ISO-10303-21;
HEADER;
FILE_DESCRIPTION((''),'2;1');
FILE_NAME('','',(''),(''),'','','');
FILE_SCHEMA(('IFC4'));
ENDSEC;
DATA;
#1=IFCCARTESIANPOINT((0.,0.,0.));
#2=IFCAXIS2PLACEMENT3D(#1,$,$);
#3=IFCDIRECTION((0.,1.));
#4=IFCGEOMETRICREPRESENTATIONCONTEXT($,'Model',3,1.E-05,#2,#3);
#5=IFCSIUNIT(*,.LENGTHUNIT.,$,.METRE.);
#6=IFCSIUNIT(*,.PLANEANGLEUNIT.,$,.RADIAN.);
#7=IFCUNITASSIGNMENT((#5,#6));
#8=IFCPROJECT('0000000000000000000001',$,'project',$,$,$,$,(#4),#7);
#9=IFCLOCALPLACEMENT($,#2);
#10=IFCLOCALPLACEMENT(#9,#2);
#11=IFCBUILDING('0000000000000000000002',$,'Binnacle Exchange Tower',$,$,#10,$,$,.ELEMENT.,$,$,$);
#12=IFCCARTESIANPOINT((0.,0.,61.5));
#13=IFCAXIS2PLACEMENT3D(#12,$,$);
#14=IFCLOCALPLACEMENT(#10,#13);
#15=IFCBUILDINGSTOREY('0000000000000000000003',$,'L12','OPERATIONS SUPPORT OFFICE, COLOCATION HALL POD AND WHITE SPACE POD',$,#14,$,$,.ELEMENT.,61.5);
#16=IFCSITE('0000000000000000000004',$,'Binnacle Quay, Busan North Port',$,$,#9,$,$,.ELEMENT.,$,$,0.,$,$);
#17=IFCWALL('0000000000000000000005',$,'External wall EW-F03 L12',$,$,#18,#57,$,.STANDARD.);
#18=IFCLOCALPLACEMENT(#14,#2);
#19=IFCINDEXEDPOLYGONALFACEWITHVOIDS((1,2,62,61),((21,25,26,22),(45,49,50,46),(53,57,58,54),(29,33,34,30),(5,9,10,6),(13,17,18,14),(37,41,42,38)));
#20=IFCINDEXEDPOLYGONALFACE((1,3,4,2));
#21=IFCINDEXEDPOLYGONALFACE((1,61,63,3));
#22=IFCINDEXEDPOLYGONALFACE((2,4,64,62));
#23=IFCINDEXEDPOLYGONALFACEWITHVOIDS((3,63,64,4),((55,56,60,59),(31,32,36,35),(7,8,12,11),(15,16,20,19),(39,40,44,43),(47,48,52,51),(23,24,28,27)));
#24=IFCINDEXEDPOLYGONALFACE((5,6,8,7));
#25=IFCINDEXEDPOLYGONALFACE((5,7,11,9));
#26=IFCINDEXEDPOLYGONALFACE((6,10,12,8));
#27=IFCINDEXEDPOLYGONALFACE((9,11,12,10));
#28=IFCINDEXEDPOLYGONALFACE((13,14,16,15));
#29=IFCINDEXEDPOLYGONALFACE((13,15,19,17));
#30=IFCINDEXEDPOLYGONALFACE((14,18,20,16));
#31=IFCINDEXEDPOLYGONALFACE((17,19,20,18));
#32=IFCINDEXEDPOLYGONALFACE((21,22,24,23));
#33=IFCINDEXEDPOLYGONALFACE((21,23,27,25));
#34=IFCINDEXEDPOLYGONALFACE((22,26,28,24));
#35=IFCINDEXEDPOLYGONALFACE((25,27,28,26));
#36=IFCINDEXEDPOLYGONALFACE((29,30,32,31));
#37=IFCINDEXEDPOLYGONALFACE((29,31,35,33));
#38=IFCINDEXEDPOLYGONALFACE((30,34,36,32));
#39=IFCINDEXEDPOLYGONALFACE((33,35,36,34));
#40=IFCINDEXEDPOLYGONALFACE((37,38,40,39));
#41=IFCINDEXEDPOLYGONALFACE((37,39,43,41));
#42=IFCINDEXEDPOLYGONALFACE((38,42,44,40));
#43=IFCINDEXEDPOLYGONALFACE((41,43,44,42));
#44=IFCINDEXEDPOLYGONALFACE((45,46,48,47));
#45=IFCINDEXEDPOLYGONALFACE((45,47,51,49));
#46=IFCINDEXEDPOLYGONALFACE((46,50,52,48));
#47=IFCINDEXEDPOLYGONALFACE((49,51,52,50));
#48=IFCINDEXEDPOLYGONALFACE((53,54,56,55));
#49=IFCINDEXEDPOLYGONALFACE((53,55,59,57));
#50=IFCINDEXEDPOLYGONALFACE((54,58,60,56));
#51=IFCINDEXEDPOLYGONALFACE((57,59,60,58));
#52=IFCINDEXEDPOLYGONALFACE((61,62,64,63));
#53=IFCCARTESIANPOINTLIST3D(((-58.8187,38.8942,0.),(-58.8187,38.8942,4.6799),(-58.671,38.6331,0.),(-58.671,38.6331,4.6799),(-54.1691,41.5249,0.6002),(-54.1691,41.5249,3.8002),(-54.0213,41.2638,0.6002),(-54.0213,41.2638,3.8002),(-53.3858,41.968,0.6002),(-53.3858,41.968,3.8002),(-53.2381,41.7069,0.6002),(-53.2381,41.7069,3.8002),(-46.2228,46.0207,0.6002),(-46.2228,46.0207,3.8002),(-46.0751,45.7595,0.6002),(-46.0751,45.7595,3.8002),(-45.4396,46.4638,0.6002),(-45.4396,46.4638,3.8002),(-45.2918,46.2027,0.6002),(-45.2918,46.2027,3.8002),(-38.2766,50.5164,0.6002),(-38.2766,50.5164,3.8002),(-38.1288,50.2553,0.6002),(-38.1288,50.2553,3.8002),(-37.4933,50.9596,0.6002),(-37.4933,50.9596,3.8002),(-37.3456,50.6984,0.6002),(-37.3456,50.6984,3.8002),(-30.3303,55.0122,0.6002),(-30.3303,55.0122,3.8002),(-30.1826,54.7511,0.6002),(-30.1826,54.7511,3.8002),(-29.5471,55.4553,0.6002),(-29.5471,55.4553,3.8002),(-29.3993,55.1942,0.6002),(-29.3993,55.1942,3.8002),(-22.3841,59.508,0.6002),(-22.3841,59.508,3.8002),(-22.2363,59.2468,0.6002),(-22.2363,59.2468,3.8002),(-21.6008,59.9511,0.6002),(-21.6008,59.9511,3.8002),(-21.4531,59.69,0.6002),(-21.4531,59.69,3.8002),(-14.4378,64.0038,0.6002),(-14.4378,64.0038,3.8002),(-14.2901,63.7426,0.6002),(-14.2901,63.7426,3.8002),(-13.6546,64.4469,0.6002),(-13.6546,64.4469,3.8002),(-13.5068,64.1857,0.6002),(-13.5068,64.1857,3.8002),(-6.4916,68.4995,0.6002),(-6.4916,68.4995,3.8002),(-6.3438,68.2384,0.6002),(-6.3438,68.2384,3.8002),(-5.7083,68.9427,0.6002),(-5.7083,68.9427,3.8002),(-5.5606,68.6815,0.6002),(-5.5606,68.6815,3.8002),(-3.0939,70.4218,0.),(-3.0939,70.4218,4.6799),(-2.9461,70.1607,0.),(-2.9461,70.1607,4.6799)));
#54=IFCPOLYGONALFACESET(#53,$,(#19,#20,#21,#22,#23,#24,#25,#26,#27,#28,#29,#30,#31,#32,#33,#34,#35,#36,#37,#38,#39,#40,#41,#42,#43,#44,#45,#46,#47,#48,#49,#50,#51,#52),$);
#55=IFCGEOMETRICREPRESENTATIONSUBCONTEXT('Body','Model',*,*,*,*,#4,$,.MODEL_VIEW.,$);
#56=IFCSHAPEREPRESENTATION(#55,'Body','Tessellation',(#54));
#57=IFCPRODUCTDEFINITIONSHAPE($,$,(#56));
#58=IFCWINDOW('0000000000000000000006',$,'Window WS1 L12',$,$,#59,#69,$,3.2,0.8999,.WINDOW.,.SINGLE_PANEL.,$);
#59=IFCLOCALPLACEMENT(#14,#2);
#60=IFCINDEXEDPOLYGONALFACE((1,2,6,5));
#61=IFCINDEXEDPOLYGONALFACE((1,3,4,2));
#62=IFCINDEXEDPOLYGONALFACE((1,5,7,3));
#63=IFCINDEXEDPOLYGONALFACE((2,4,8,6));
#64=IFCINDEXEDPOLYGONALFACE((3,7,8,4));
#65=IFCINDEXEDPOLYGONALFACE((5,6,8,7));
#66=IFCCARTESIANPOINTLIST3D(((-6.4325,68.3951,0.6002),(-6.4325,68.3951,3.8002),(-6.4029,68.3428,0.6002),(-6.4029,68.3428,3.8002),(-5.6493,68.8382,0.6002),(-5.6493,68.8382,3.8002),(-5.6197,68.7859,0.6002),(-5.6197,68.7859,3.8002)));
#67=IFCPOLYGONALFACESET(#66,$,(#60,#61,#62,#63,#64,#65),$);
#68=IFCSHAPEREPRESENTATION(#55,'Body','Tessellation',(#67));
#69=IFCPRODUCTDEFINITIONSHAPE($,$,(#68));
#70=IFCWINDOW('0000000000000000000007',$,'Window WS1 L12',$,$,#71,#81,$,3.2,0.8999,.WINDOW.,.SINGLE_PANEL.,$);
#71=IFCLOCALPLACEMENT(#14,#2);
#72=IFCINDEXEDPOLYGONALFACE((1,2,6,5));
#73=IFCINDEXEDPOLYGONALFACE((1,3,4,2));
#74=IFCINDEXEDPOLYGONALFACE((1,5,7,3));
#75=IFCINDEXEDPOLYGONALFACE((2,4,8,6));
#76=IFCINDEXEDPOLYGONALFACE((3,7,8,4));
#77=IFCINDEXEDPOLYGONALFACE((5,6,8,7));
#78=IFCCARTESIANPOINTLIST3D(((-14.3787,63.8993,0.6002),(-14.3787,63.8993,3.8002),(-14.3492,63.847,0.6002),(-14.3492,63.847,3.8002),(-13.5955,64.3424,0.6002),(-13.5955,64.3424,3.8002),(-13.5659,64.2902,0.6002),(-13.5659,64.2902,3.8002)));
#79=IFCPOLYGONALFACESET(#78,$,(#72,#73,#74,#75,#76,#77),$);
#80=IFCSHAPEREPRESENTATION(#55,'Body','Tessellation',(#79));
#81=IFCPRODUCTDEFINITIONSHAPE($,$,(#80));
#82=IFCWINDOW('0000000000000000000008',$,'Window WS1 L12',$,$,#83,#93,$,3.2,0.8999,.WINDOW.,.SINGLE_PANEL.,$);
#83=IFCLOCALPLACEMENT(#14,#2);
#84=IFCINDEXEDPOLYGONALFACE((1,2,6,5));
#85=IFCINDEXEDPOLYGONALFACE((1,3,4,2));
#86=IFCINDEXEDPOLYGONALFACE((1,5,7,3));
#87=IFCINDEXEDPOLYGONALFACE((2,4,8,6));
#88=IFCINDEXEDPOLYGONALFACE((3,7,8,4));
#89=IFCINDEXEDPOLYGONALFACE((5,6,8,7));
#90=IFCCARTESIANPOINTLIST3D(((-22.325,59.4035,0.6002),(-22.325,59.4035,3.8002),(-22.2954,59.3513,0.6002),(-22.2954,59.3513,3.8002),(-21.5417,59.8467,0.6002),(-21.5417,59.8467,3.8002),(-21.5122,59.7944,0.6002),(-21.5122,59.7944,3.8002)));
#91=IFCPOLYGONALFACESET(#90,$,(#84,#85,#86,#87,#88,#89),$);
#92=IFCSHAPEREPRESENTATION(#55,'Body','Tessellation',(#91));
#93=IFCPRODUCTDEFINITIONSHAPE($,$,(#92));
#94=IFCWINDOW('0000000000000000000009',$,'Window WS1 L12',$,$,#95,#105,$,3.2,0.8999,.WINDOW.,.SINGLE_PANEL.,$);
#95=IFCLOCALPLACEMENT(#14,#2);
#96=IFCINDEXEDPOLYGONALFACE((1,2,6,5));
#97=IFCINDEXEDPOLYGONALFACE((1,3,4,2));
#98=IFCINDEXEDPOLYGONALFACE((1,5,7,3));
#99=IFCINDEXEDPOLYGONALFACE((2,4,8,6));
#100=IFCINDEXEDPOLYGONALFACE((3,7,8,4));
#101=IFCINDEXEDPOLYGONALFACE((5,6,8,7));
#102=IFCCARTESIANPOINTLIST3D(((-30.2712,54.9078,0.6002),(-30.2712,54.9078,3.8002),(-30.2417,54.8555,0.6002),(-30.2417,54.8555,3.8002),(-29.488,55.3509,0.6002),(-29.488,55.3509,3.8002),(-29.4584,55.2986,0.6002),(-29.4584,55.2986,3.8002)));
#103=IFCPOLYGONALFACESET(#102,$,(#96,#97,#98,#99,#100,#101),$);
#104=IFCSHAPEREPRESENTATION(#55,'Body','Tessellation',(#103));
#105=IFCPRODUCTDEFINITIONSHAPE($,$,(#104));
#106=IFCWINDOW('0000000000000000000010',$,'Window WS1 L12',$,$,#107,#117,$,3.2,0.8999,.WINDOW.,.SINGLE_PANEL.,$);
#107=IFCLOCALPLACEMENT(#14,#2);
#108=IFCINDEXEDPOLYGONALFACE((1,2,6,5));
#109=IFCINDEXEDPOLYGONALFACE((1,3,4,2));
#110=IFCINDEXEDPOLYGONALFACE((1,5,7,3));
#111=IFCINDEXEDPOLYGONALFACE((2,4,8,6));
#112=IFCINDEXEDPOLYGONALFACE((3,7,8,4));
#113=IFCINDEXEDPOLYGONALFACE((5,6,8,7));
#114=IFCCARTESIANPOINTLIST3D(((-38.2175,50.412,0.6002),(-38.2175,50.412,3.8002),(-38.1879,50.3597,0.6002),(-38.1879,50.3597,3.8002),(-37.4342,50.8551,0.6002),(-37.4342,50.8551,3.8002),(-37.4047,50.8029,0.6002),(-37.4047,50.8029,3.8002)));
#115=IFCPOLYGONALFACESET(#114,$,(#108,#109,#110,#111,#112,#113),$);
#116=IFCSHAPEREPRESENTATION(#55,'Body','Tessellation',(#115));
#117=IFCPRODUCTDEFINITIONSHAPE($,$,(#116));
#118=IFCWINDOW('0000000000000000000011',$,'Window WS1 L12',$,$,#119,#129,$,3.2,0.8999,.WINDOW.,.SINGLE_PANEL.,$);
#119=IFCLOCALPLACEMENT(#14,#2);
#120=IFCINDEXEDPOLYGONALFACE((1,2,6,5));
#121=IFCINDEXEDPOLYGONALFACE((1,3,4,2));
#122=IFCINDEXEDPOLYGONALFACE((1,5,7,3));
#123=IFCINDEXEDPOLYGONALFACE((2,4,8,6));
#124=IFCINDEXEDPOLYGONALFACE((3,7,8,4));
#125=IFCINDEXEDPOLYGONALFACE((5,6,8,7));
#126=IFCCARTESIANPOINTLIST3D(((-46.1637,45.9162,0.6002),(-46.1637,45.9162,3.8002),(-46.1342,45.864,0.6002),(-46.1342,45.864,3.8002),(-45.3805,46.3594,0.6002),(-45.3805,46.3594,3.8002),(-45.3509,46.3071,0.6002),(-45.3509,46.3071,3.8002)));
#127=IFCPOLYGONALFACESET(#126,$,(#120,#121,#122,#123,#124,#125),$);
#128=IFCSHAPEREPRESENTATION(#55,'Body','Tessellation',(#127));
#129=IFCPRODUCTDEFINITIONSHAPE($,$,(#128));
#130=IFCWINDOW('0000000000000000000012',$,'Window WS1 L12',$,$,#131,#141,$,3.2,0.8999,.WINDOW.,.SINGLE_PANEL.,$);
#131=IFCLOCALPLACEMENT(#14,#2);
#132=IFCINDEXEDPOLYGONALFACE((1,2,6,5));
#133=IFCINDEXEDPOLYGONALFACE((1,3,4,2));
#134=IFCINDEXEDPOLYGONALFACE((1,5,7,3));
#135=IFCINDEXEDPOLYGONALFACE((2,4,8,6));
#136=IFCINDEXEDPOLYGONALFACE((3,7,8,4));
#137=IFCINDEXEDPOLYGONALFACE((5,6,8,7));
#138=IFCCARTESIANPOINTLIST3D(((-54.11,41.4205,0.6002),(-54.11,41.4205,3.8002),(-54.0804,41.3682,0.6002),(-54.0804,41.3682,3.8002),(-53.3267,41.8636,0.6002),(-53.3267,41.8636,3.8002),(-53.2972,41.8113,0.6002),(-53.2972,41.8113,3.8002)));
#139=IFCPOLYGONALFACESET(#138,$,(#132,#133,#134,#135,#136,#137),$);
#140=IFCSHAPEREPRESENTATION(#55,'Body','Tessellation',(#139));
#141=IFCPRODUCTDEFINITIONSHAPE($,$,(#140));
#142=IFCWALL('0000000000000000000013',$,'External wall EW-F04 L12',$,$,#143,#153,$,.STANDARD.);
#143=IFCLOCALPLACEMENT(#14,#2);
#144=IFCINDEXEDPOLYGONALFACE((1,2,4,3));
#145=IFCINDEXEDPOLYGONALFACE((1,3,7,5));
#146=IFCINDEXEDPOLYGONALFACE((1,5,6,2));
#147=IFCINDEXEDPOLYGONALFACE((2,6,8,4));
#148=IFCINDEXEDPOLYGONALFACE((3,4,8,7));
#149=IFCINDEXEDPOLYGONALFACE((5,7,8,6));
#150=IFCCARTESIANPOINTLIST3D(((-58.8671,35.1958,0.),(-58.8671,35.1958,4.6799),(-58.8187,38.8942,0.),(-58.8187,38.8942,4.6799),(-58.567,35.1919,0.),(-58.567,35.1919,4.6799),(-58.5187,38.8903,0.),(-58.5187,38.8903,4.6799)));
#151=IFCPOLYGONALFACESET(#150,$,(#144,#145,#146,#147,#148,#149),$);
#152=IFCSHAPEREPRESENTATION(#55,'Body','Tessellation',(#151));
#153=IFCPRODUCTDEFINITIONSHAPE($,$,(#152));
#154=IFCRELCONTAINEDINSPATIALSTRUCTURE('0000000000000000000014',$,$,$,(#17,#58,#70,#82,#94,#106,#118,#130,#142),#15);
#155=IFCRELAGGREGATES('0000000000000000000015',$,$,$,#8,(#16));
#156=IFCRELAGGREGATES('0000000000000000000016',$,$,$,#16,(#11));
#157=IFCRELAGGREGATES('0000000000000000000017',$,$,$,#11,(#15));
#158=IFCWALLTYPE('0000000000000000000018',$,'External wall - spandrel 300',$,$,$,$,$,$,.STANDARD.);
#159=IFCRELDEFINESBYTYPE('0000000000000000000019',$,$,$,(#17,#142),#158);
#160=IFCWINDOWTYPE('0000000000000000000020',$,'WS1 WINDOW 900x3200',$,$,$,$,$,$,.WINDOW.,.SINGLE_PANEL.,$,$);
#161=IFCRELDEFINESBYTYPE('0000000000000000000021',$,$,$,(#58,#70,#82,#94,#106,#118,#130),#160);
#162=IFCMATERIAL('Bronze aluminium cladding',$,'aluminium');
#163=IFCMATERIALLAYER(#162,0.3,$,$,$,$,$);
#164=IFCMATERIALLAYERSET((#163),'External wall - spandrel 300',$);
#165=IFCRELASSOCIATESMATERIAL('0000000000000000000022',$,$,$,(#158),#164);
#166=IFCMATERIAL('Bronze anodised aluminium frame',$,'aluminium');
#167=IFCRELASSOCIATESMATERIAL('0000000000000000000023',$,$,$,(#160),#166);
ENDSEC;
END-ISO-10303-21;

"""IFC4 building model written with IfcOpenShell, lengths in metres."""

from ifc_helpers import new_model, si_unit, direction, frame, frame_2d, origin, place, context, subcontext, project, spatial, rectangle, extrude, material, layer, layer_set, type_object, element, fill, save


model = new_model("IFC4")

# Units and contexts
model_context = context("Model", 3, precision=1e-05, world=origin(), true_north=direction((0.0, 1.0)))
body_context = subcontext(model_context, "Body", "Model", "MODEL_VIEW")
ifc_project = project(units=[si_unit("LENGTHUNIT", "METRE"), si_unit("PLANEANGLEUNIT", "RADIAN")], contexts=[model_context])

# Site, building, storey
site_placement = place(None, origin())
site = spatial("IfcSite", under=ifc_project, at=site_placement, Name="Binnacle Quay, Busan North Port", CompositionType="ELEMENT", RefElevation=0.0)
building_placement = place(site_placement, origin())
building = spatial("IfcBuilding", under=site, at=building_placement, Name="Binnacle Exchange Tower", CompositionType="ELEMENT")
storey_placement = place(building_placement, frame((0.0, 0.0, 61.5)))
storey = spatial("IfcBuildingStorey", under=building, at=storey_placement, Name="L12", Description="OPERATIONS SUPPORT OFFICE, COLOCATION HALL POD AND WHITE SPACE POD", CompositionType="ELEMENT", Elevation=61.5)

# Wall, openings, windows
ifc_material_1 = material(Name="Bronze aluminium cladding", Category="aluminium")
ifc_layer_1 = layer(ifc_material_1, 0.3)
ifc_layer_set_1 = layer_set([ifc_layer_1], Name="External wall - spandrel 300")
wall_type_1 = type_object("IfcWallType", Name="External wall - spandrel 300", PredefinedType="STANDARD", material=ifc_layer_set_1)
wall_1_placement = place(storey_placement, frame((-58.7449, 38.7637, 0.0), z_axis=(0.0, 0.0, 1.0), x_axis=(0.870356, 0.492423, 0.0)))
wall_1 = element("IfcWall", 1, at=wall_1_placement, inside=storey, type_object=wall_type_1, Name="External wall EW-F03 L12", PredefinedType="STANDARD", context=body_context, shape_type="SweptSolid", body=[
    extrude(rectangle(XDim=64.0254, YDim=0.3, at=frame_2d((32.0127, 0.0))), origin(), (0.0, 0.0, 1.0), 4.6799),
])
opening_1_placement = place(wall_1_placement, frame((60.1216, 0.0, 0.6001)))
opening_1 = element("IfcOpeningElement", 2, at=opening_1_placement, cuts=wall_1, PredefinedType="OPENING", context=body_context, shape_type="SweptSolid", body=[
    extrude(rectangle(XDim=0.8999, YDim=3.2, at=frame_2d((0.45, 1.6001))), frame((0.0, 0.1599, 0.0), z_axis=(0.0, -1.0, 0.0), x_axis=(1.0, 0.0, 0.0)), (0.0, 0.0, 1.0), 0.3201),
])
opening_2_placement = place(wall_1_placement, frame((50.9917, 0.0, 0.6001)))
opening_2 = element("IfcOpeningElement", 3, at=opening_2_placement, cuts=wall_1, PredefinedType="OPENING", context=body_context, shape_type="SweptSolid", body=[
    extrude(rectangle(XDim=0.8999, YDim=3.2, at=frame_2d((0.45, 1.6001))), frame((0.0, 0.1599, 0.0), z_axis=(0.0, -1.0, 0.0), x_axis=(1.0, 0.0, 0.0)), (0.0, 0.0, 1.0), 0.3201),
])
opening_3_placement = place(wall_1_placement, frame((41.8618, 0.0, 0.6001)))
opening_3 = element("IfcOpeningElement", 4, at=opening_3_placement, cuts=wall_1, PredefinedType="OPENING", context=body_context, shape_type="SweptSolid", body=[
    extrude(rectangle(XDim=0.8999, YDim=3.2, at=frame_2d((0.45, 1.6001))), frame((0.0, 0.1599, 0.0), z_axis=(0.0, -1.0, 0.0), x_axis=(1.0, 0.0, 0.0)), (0.0, 0.0, 1.0), 0.3201),
])
opening_4_placement = place(wall_1_placement, frame((32.7319, 0.0, 0.6001)))
opening_4 = element("IfcOpeningElement", 5, at=opening_4_placement, cuts=wall_1, PredefinedType="OPENING", context=body_context, shape_type="SweptSolid", body=[
    extrude(rectangle(XDim=0.8999, YDim=3.2, at=frame_2d((0.45, 1.6001))), frame((0.0, 0.1599, 0.0), z_axis=(0.0, -1.0, 0.0), x_axis=(1.0, 0.0, 0.0)), (0.0, 0.0, 1.0), 0.3201),
])
opening_5_placement = place(wall_1_placement, frame((23.6021, 0.0, 0.6001)))
opening_5 = element("IfcOpeningElement", 6, at=opening_5_placement, cuts=wall_1, PredefinedType="OPENING", context=body_context, shape_type="SweptSolid", body=[
    extrude(rectangle(XDim=0.8999, YDim=3.2, at=frame_2d((0.45, 1.6001))), frame((0.0, 0.1599, 0.0), z_axis=(0.0, -1.0, 0.0), x_axis=(1.0, 0.0, 0.0)), (0.0, 0.0, 1.0), 0.3201),
])
opening_6_placement = place(wall_1_placement, frame((14.4722, 0.0, 0.6001)))
opening_6 = element("IfcOpeningElement", 7, at=opening_6_placement, cuts=wall_1, PredefinedType="OPENING", context=body_context, shape_type="SweptSolid", body=[
    extrude(rectangle(XDim=0.8999, YDim=3.2, at=frame_2d((0.45, 1.6001))), frame((0.0, 0.1599, 0.0), z_axis=(0.0, -1.0, 0.0), x_axis=(1.0, 0.0, 0.0)), (0.0, 0.0, 1.0), 0.3201),
])
opening_7_placement = place(wall_1_placement, frame((5.3423, 0.0, 0.6001)))
opening_7 = element("IfcOpeningElement", 8, at=opening_7_placement, cuts=wall_1, PredefinedType="OPENING", context=body_context, shape_type="SweptSolid", body=[
    extrude(rectangle(XDim=0.8999, YDim=3.2, at=frame_2d((0.45, 1.6001))), frame((0.0, 0.1599, 0.0), z_axis=(0.0, -1.0, 0.0), x_axis=(1.0, 0.0, 0.0)), (0.0, 0.0, 1.0), 0.3201),
])
ifc_material_2 = material(Name="Bronze anodised aluminium frame", Category="aluminium")
window_type = type_object("IfcWindowType", Name="WS1 WINDOW 900x3200", PartitioningType="SINGLE_PANEL", PredefinedType="WINDOW", material=ifc_material_2)
window_1_placement = place(opening_1_placement, origin())
window_1 = element("IfcWindow", 9, at=window_1_placement, inside=storey, type_object=window_type, Name="Window WS1 L12", OverallHeight=3.2, OverallWidth=0.8999, PartitioningType="SINGLE_PANEL", PredefinedType="WINDOW", context=body_context, shape_type="SweptSolid", body=[
    extrude(rectangle(XDim=0.8999, YDim=3.2, at=frame_2d((0.45, 1.6001))), frame((0.0, 0.03, 0.0), z_axis=(0.0, -1.0, 0.0), x_axis=(1.0, 0.0, 0.0)), (0.0, 0.0, 1.0), 0.0601),
])
fill(opening_1, window_1)
window_2_placement = place(opening_2_placement, origin())
window_2 = element("IfcWindow", 10, at=window_2_placement, inside=storey, type_object=window_type, Name="Window WS1 L12", OverallHeight=3.2, OverallWidth=0.8999, PartitioningType="SINGLE_PANEL", PredefinedType="WINDOW", context=body_context, shape_type="SweptSolid", body=[
    extrude(rectangle(XDim=0.8999, YDim=3.2, at=frame_2d((0.45, 1.6001))), frame((0.0, 0.03, 0.0), z_axis=(0.0, -1.0, 0.0), x_axis=(1.0, 0.0, 0.0)), (0.0, 0.0, 1.0), 0.0601),
])
fill(opening_2, window_2)
window_3_placement = place(opening_3_placement, origin())
window_3 = element("IfcWindow", 11, at=window_3_placement, inside=storey, type_object=window_type, Name="Window WS1 L12", OverallHeight=3.2, OverallWidth=0.8999, PartitioningType="SINGLE_PANEL", PredefinedType="WINDOW", context=body_context, shape_type="SweptSolid", body=[
    extrude(rectangle(XDim=0.8999, YDim=3.2, at=frame_2d((0.45, 1.6001))), frame((0.0, 0.03, 0.0), z_axis=(0.0, -1.0, 0.0), x_axis=(1.0, 0.0, 0.0)), (0.0, 0.0, 1.0), 0.0601),
])
fill(opening_3, window_3)
window_4_placement = place(opening_4_placement, origin())
window_4 = element("IfcWindow", 12, at=window_4_placement, inside=storey, type_object=window_type, Name="Window WS1 L12", OverallHeight=3.2, OverallWidth=0.8999, PartitioningType="SINGLE_PANEL", PredefinedType="WINDOW", context=body_context, shape_type="SweptSolid", body=[
    extrude(rectangle(XDim=0.8999, YDim=3.2, at=frame_2d((0.45, 1.6001))), frame((0.0, 0.03, 0.0), z_axis=(0.0, -1.0, 0.0), x_axis=(1.0, 0.0, 0.0)), (0.0, 0.0, 1.0), 0.0601),
])
fill(opening_4, window_4)
window_5_placement = place(opening_5_placement, origin())
window_5 = element("IfcWindow", 13, at=window_5_placement, inside=storey, type_object=window_type, Name="Window WS1 L12", OverallHeight=3.2, OverallWidth=0.8999, PartitioningType="SINGLE_PANEL", PredefinedType="WINDOW", context=body_context, shape_type="SweptSolid", body=[
    extrude(rectangle(XDim=0.8999, YDim=3.2, at=frame_2d((0.45, 1.6001))), frame((0.0, 0.03, 0.0), z_axis=(0.0, -1.0, 0.0), x_axis=(1.0, 0.0, 0.0)), (0.0, 0.0, 1.0), 0.0601),
])
fill(opening_5, window_5)
window_6_placement = place(opening_6_placement, origin())
window_6 = element("IfcWindow", 14, at=window_6_placement, inside=storey, type_object=window_type, Name="Window WS1 L12", OverallHeight=3.2, OverallWidth=0.8999, PartitioningType="SINGLE_PANEL", PredefinedType="WINDOW", context=body_context, shape_type="SweptSolid", body=[
    extrude(rectangle(XDim=0.8999, YDim=3.2, at=frame_2d((0.45, 1.6001))), frame((0.0, 0.03, 0.0), z_axis=(0.0, -1.0, 0.0), x_axis=(1.0, 0.0, 0.0)), (0.0, 0.0, 1.0), 0.0601),
])
fill(opening_6, window_6)
window_7_placement = place(opening_7_placement, origin())
window_7 = element("IfcWindow", 15, at=window_7_placement, inside=storey, type_object=window_type, Name="Window WS1 L12", OverallHeight=3.2, OverallWidth=0.8999, PartitioningType="SINGLE_PANEL", PredefinedType="WINDOW", context=body_context, shape_type="SweptSolid", body=[
    extrude(rectangle(XDim=0.8999, YDim=3.2, at=frame_2d((0.45, 1.6001))), frame((0.0, 0.03, 0.0), z_axis=(0.0, -1.0, 0.0), x_axis=(1.0, 0.0, 0.0)), (0.0, 0.0, 1.0), 0.0601),
])
fill(opening_7, window_7)

# Wall
wall_2_placement = place(storey_placement, frame((-58.717, 35.1938, 0.0), z_axis=(0.0, 0.0, 1.0), x_axis=(0.013069, 0.999915, 0.0)))
element("IfcWall", 16, at=wall_2_placement, inside=storey, type_object=wall_type_1, Name="External wall EW-F04 L12", PredefinedType="STANDARD", context=body_context, shape_type="SweptSolid", body=[
    extrude(rectangle(XDim=3.6987, YDim=0.3, at=frame_2d((1.8494, 0.0))), origin(), (0.0, 0.0, 1.0), 4.6799),
])

save(model, "model.ifc")
